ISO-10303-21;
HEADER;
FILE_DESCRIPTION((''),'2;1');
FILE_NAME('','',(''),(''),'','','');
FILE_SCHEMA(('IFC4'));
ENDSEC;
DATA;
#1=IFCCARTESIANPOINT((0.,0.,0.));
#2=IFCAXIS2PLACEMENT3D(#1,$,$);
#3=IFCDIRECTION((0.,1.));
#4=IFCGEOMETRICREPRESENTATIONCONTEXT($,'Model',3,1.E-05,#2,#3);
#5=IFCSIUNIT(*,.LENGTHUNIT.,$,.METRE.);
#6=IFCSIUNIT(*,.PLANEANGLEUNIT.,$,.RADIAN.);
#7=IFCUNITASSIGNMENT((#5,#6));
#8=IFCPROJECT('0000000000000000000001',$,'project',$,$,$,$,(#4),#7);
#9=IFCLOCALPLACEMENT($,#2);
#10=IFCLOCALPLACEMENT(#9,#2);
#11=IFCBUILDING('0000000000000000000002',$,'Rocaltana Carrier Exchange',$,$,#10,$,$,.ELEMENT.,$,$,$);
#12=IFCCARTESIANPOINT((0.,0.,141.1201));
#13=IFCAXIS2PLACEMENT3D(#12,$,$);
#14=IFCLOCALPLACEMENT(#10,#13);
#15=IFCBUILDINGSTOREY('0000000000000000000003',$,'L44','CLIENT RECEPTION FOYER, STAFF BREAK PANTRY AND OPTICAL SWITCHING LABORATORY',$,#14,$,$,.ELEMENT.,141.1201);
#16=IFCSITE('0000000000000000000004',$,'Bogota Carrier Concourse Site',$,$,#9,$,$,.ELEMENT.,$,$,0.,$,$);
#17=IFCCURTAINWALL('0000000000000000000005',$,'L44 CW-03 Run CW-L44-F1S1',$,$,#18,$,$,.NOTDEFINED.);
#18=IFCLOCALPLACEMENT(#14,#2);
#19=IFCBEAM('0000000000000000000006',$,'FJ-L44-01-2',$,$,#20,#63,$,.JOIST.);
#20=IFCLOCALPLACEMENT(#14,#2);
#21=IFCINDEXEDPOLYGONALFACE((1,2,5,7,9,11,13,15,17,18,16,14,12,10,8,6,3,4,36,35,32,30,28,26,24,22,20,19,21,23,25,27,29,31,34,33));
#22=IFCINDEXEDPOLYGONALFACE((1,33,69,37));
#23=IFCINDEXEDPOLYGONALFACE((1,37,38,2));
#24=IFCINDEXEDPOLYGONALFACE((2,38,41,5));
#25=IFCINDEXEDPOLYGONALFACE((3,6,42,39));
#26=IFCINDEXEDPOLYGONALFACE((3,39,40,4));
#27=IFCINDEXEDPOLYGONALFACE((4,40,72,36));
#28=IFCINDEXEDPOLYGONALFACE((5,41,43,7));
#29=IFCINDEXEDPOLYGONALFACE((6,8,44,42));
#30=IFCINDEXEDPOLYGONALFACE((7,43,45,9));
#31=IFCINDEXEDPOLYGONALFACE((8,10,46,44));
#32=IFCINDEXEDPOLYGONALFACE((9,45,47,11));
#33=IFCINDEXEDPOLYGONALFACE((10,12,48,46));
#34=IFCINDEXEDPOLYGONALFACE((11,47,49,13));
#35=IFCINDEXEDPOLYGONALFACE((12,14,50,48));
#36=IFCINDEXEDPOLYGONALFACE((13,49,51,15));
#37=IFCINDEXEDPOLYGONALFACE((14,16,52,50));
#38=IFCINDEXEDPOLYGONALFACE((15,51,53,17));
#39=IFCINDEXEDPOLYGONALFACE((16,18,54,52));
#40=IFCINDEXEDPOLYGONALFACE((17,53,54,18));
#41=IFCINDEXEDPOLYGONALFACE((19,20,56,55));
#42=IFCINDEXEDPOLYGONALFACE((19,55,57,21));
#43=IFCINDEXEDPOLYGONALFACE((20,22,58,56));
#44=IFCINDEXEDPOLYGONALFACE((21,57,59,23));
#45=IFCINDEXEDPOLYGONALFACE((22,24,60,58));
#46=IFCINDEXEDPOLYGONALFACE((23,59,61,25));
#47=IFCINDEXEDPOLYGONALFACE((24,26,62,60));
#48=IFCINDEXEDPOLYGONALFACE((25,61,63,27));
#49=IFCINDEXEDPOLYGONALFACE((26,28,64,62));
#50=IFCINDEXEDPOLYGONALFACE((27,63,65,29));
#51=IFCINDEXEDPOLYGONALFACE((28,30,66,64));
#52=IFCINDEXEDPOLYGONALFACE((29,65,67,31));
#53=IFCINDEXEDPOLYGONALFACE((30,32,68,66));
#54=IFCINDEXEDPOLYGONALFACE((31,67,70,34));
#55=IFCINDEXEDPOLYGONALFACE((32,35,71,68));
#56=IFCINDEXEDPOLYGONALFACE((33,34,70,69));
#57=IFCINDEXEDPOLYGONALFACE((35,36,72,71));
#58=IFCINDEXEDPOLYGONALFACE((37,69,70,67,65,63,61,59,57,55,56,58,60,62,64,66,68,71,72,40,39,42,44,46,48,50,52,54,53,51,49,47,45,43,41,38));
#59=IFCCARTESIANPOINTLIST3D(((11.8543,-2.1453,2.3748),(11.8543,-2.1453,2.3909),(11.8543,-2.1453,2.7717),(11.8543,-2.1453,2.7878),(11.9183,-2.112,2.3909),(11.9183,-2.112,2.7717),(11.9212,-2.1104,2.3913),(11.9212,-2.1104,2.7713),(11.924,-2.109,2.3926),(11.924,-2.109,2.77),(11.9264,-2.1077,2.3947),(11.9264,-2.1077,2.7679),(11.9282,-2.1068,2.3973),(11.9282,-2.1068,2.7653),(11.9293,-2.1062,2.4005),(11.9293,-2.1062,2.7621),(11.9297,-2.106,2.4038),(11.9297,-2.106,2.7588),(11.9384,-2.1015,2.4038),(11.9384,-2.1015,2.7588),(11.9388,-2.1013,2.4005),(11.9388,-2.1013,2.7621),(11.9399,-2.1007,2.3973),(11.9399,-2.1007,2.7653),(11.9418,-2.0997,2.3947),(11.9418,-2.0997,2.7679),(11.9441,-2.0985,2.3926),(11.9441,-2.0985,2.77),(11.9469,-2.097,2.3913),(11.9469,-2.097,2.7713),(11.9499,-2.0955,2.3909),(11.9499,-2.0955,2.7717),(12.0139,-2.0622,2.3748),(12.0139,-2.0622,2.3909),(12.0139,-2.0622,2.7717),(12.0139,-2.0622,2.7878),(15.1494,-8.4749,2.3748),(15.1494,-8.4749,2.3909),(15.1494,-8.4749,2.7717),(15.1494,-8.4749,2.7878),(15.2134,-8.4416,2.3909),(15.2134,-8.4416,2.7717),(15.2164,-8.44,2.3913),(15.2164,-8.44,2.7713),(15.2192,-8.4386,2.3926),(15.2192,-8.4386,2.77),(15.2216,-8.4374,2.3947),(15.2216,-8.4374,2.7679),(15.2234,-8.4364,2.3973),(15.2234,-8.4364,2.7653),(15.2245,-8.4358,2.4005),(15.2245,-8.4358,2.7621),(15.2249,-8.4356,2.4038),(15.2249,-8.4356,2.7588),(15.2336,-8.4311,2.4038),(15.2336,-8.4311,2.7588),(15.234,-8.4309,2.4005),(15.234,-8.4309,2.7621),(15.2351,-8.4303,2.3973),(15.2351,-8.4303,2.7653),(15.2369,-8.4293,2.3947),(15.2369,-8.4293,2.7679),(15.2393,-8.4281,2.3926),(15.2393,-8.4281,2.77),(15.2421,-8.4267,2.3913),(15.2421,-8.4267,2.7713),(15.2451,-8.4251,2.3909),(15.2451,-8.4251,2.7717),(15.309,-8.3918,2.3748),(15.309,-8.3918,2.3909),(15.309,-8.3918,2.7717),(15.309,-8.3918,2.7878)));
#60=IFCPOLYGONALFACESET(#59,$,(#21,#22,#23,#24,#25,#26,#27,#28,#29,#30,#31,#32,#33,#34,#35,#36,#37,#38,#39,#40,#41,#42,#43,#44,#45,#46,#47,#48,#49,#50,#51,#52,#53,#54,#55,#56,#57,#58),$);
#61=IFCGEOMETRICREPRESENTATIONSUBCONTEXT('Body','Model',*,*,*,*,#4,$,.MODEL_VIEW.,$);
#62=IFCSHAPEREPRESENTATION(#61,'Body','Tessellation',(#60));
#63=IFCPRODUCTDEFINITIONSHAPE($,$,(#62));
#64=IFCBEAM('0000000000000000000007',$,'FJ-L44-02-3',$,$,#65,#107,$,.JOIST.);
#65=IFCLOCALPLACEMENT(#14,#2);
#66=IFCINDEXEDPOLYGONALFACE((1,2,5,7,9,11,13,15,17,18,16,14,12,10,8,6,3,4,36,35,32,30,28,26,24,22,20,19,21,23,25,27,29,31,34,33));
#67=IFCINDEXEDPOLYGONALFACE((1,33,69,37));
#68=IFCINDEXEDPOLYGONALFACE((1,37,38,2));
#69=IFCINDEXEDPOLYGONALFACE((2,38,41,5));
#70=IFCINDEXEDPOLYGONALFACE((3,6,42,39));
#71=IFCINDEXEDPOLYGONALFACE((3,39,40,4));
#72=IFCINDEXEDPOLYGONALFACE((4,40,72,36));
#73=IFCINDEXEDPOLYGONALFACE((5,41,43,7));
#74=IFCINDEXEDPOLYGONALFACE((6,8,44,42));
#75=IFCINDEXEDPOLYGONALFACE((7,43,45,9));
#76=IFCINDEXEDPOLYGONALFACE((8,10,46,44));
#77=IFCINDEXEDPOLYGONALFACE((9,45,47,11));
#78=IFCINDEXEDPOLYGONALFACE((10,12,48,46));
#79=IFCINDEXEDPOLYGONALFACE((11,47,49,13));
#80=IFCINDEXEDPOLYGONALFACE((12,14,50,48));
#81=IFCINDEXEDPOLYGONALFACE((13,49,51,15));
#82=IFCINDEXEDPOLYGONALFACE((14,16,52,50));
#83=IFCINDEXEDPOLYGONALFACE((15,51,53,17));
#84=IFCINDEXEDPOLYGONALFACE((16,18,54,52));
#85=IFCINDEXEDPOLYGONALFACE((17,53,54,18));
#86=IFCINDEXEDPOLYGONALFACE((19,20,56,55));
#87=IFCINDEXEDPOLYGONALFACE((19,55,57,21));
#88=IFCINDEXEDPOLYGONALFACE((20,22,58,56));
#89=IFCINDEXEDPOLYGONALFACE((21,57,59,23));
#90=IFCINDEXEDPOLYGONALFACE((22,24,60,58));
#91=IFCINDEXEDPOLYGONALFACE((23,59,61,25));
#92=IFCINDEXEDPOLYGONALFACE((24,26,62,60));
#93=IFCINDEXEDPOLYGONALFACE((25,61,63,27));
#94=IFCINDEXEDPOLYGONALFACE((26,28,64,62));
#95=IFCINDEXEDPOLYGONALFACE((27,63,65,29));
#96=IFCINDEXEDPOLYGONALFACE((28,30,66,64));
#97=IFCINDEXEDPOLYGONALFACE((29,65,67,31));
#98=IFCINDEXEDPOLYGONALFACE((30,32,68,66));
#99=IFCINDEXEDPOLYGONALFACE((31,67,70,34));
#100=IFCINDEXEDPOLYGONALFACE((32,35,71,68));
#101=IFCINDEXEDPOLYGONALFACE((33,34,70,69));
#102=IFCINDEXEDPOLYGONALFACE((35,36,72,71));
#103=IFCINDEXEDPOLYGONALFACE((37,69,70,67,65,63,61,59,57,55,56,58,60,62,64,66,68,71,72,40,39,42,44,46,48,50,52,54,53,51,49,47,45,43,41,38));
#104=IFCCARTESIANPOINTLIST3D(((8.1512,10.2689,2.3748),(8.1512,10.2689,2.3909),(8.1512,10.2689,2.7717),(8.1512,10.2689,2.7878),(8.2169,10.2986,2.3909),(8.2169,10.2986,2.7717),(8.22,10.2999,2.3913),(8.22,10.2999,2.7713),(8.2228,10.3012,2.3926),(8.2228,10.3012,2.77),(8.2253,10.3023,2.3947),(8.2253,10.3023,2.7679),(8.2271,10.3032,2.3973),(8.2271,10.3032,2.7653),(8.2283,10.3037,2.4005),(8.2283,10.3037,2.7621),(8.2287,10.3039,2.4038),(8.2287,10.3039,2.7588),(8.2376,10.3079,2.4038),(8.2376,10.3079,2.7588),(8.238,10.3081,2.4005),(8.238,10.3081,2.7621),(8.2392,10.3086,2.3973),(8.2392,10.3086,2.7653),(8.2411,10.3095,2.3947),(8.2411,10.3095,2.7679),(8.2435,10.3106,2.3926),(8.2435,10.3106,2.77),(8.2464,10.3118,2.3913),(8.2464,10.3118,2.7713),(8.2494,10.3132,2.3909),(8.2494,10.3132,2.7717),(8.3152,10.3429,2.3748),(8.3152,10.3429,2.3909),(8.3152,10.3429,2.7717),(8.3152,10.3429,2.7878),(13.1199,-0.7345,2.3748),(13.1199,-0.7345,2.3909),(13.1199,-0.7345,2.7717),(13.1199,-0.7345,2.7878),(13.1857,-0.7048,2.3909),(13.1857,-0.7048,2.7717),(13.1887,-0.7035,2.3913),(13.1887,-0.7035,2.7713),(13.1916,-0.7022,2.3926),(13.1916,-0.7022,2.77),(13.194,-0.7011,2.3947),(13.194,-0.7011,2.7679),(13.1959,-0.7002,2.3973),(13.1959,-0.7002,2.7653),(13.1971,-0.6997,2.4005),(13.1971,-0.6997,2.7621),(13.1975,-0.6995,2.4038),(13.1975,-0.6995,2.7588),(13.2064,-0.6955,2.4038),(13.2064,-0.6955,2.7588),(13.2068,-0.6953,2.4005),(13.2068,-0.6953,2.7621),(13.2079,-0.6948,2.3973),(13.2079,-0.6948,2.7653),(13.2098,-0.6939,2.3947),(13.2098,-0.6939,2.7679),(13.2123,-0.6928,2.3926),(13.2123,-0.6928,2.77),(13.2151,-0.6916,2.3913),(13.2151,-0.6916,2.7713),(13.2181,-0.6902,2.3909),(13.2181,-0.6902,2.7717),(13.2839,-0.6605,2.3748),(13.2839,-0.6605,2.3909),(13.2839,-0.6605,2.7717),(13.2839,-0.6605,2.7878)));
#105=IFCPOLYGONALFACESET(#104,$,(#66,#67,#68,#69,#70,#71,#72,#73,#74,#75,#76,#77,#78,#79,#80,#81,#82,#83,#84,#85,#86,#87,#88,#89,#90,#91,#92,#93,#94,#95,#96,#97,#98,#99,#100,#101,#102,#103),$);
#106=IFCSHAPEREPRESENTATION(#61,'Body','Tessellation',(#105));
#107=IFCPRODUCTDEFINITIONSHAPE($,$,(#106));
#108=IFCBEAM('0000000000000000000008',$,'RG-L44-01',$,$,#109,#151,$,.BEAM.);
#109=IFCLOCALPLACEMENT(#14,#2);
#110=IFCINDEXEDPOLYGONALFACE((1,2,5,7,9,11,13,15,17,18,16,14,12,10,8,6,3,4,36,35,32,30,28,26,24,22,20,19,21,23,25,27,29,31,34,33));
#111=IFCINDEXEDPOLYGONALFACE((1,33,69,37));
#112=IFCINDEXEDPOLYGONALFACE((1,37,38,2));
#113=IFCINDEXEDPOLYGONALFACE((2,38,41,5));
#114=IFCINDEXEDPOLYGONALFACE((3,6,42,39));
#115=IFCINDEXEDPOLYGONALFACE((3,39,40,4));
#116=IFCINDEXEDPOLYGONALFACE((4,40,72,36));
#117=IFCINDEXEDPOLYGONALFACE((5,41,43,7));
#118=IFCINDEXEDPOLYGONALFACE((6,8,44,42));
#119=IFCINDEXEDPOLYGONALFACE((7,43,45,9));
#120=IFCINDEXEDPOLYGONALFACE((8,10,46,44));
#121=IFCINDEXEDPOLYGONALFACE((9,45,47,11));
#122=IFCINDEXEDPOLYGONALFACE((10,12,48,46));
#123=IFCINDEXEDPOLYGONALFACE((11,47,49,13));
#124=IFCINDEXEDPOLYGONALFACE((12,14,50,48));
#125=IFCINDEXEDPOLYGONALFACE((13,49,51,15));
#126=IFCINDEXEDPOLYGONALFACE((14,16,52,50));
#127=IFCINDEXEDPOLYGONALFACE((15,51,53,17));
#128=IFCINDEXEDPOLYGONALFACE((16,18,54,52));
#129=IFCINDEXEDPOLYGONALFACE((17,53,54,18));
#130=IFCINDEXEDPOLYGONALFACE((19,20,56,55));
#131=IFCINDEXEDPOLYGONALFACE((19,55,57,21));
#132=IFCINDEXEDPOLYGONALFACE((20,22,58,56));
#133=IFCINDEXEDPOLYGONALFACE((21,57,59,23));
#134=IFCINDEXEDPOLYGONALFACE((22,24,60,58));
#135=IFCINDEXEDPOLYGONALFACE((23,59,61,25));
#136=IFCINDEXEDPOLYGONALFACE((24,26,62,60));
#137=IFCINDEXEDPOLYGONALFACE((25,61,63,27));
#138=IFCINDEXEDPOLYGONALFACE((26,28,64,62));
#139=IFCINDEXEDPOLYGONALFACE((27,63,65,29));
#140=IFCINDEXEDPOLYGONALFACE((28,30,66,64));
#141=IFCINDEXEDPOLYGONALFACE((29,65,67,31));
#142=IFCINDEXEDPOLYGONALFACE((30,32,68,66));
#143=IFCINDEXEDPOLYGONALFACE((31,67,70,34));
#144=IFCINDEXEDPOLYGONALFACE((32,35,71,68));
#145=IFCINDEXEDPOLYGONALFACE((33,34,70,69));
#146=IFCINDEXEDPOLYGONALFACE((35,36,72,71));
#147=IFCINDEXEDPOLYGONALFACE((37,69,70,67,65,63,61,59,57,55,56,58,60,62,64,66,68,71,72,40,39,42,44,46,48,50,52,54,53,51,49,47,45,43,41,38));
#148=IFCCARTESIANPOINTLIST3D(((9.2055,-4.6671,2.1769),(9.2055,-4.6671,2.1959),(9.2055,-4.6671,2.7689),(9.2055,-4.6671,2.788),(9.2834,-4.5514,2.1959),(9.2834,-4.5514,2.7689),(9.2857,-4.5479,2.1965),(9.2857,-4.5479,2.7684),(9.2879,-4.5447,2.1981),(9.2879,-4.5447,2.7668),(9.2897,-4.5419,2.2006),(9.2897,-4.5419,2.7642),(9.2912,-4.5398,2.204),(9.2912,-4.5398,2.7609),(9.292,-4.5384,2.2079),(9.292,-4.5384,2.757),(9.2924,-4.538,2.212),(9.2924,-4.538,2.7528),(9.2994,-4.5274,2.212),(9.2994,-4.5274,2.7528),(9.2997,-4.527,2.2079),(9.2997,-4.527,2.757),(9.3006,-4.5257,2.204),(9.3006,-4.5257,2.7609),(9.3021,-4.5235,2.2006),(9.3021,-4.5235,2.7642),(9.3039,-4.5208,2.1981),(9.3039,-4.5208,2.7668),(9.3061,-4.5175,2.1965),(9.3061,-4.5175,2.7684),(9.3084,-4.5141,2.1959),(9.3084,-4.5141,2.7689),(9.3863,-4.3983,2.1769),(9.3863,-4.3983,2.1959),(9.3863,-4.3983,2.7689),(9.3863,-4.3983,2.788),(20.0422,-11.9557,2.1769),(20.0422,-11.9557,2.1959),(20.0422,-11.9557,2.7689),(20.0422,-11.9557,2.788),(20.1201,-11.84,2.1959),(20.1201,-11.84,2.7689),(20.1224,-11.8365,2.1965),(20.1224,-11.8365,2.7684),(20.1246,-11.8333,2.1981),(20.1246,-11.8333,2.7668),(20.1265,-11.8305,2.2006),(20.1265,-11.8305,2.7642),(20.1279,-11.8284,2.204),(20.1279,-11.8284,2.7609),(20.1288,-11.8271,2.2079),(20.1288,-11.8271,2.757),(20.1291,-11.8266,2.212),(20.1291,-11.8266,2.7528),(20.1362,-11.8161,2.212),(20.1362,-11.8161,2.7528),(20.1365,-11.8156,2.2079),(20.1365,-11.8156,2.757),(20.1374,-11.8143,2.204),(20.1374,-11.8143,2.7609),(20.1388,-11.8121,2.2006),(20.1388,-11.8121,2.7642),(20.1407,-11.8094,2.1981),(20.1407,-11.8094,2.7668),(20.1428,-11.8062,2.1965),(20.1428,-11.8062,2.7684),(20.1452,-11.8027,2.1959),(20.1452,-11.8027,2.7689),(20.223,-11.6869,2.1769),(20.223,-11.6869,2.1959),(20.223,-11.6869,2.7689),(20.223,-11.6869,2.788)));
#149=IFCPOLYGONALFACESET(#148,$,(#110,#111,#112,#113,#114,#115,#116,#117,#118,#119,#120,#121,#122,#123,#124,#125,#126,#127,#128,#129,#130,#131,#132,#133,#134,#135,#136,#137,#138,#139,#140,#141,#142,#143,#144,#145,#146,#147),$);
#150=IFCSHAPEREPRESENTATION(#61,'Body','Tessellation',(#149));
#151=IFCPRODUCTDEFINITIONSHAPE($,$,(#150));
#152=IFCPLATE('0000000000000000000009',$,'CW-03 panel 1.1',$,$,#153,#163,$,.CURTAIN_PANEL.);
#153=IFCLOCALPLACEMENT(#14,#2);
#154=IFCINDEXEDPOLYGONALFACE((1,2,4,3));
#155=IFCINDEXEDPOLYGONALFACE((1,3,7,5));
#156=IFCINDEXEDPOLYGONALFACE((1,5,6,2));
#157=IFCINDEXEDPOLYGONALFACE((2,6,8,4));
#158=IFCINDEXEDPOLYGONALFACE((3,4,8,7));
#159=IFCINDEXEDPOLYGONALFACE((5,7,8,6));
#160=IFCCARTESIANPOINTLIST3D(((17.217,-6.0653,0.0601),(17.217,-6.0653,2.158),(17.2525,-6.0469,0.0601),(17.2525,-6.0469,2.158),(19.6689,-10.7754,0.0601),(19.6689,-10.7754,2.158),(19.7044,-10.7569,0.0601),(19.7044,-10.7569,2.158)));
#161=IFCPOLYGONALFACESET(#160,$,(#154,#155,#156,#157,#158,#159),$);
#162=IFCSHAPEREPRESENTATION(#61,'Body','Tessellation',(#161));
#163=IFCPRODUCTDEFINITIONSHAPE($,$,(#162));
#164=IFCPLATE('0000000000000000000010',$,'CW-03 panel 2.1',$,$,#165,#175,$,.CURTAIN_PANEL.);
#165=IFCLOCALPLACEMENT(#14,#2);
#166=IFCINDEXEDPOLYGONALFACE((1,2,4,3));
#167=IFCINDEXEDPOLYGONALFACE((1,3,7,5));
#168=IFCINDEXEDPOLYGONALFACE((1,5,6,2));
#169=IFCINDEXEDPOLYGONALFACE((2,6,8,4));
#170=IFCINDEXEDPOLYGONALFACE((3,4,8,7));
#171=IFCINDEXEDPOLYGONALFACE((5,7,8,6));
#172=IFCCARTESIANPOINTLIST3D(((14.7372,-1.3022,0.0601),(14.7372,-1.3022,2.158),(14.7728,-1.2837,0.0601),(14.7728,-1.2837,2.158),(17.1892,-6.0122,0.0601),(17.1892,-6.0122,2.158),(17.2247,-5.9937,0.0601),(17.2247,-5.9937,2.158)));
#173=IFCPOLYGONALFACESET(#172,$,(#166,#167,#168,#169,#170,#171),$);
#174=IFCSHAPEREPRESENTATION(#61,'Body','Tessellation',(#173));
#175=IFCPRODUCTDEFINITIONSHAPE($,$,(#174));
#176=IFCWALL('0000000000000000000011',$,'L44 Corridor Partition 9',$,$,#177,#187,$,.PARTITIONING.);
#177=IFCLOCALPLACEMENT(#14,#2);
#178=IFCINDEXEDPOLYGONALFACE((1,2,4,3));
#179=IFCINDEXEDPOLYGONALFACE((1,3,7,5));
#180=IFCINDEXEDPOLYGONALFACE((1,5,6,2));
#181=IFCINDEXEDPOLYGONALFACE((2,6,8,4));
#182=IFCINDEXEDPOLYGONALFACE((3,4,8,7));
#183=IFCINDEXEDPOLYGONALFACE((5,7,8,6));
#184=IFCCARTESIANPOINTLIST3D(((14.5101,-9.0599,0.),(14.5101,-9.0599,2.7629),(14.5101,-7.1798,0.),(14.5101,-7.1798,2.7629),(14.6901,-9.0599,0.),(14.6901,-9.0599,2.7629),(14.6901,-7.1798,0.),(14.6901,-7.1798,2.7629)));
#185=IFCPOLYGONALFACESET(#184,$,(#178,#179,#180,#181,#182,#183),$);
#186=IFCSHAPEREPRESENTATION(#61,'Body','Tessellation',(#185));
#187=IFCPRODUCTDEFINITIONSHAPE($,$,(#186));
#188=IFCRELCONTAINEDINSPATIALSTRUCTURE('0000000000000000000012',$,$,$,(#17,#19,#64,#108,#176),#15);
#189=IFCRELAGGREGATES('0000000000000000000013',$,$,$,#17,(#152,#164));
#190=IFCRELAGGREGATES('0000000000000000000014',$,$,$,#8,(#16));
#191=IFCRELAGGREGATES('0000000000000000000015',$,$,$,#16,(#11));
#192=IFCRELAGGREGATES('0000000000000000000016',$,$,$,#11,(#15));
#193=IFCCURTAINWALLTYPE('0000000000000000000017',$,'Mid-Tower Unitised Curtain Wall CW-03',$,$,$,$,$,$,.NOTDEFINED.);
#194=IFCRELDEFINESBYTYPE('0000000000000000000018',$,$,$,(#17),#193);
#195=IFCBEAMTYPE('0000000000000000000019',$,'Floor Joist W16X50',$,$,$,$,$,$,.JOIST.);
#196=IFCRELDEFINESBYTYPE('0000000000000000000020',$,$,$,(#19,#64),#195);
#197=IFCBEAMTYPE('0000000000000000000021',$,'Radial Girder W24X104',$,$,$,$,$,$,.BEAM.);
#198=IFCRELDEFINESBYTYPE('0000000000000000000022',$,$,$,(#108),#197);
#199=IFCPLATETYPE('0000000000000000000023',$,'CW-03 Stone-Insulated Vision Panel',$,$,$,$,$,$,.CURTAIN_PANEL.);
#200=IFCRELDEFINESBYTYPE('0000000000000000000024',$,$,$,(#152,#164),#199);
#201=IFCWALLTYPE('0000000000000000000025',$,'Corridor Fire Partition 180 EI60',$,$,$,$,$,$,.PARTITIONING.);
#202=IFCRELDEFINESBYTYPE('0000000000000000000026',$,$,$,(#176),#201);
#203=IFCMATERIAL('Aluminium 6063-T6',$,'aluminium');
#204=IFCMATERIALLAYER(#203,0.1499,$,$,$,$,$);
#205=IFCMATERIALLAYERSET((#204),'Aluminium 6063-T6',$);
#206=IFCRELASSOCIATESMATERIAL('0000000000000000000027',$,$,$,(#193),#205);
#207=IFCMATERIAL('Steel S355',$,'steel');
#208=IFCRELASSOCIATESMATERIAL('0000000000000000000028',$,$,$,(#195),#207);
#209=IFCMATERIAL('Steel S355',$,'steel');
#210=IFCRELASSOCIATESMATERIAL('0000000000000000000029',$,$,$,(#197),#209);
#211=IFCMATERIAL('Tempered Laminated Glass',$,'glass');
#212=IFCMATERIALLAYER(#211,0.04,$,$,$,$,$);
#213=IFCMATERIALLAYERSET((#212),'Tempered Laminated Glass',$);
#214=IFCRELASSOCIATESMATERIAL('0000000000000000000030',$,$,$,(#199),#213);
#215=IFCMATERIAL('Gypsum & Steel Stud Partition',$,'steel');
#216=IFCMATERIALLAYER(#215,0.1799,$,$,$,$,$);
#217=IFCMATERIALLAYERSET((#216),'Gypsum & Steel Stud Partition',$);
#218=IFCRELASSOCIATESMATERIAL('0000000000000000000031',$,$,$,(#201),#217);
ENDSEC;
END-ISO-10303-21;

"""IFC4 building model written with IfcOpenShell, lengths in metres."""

from ifc_helpers import new_model, si_unit, direction, frame, frame_2d, origin, origin_2d, place, context, subcontext, project, spatial, rectangle, i_section, extrude, material, layer, layer_set, material_profile, profile_set, type_object, element, aggregate, save


model = new_model("IFC4")

# Units and contexts
model_context = context("Model", 3, precision=1e-05, world=origin(), true_north=direction((0.0, 1.0)))
body_context = subcontext(model_context, "Body", "Model", "MODEL_VIEW")
ifc_project = project(units=[si_unit("LENGTHUNIT", "METRE"), si_unit("PLANEANGLEUNIT", "RADIAN")], contexts=[model_context])

# Site, building, storey
site_placement = place(None, origin())
site = spatial("IfcSite", under=ifc_project, at=site_placement, Name="Bogota Carrier Concourse Site", CompositionType="ELEMENT", RefElevation=0.0)
building_placement = place(site_placement, origin())
building = spatial("IfcBuilding", under=site, at=building_placement, Name="Rocaltana Carrier Exchange", CompositionType="ELEMENT")
storey_placement = place(building_placement, frame((0.0, 0.0, 141.1201)))
storey = spatial("IfcBuildingStorey", under=building, at=storey_placement, Name="L44", Description="CLIENT RECEPTION FOYER, STAFF BREAK PANTRY AND OPTICAL SWITCHING LABORATORY", CompositionType="ELEMENT", Elevation=141.1201)

# Curtain wall
ifc_material_1 = material(Name="Aluminium 6063-T6", Category="aluminium")
ifc_layer_1 = layer(ifc_material_1, 0.1499)
ifc_layer_set_1 = layer_set([ifc_layer_1], Name="Aluminium 6063-T6")
curtain_wall_type = type_object("IfcCurtainWallType", Name="Mid-Tower Unitised Curtain Wall CW-03", PredefinedType="NOTDEFINED", material=ifc_layer_set_1)
curtain_wall_placement = place(storey_placement, origin())
curtain_wall = element("IfcCurtainWall", 1, at=curtain_wall_placement, inside=storey, type_object=curtain_wall_type, Name="L44 CW-03 Run CW-L44-F1S1", PredefinedType="NOTDEFINED")

# Beams
ifc_material_2 = material(Name="Steel S355", Category="steel")
ifc_material_profile_1 = material_profile(ifc_material_2, i_section(OverallWidth=0.1799, OverallDepth=0.4131, WebThickness=0.0098, FlangeThickness=0.0161, FilletRadius=0.0129, at=origin_2d()), Name="W16X50")
ifc_profile_set_1 = profile_set([ifc_material_profile_1], Name="Steel S355")
beam_type_1 = type_object("IfcBeamType", Name="Floor Joist W16X50", PredefinedType="JOIST", material=ifc_profile_set_1)
beam_1_placement = place(storey_placement, frame((15.2292, -8.4333, 2.5813), z_axis=(-0.46177, 0.887, 0.0), x_axis=(-0.887, -0.46177, 0.0)))
element("IfcBeam", 2, at=beam_1_placement, inside=storey, type_object=beam_type_1, Name="FJ-L44-01-2", PredefinedType="JOIST", context=body_context, shape_type="SweptSolid", body=[
    extrude(i_section(OverallWidth=0.1799, OverallDepth=0.4131, WebThickness=0.0098, FlangeThickness=0.0161, FilletRadius=0.0129, at=origin_2d()), origin(), (0.0, 0.0, 1.0), 7.136),
])
beam_2_placement = place(storey_placement, frame((13.2019, -0.6975, 2.5813), z_axis=(-0.41155, 0.911387, 0.0), x_axis=(-0.911387, -0.41155, 0.0)))
element("IfcBeam", 3, at=beam_2_placement, inside=storey, type_object=beam_type_1, Name="FJ-L44-02-3", PredefinedType="JOIST", context=body_context, shape_type="SweptSolid", body=[
    extrude(i_section(OverallWidth=0.1799, OverallDepth=0.4131, WebThickness=0.0098, FlangeThickness=0.0161, FilletRadius=0.0129, at=origin_2d()), origin(), (0.0, 0.0, 1.0), 12.0732),
])
ifc_material_3 = material(Name="Steel S355", Category="steel")
ifc_material_profile_2 = material_profile(ifc_material_3, i_section(OverallWidth=0.324, OverallDepth=0.6111, WebThickness=0.0127, FlangeThickness=0.019, FilletRadius=0.0161, at=origin_2d()), Name="W24X104")
ifc_profile_set_2 = profile_set([ifc_material_profile_2], Name="Steel S355")
beam_type_2 = type_object("IfcBeamType", Name="Radial Girder W24X104", PredefinedType="BEAM", material=ifc_profile_set_2)
beam_3_placement = place(storey_placement, frame((9.2959, -4.5327, 2.4824), z_axis=(0.829777, -0.558095, 0.0), x_axis=(0.558095, 0.829777, 0.0)))
element("IfcBeam", 4, at=beam_3_placement, inside=storey, type_object=beam_type_2, Name="RG-L44-01", PredefinedType="BEAM", context=body_context, shape_type="SweptSolid", body=[
    extrude(i_section(OverallWidth=0.324, OverallDepth=0.6111, WebThickness=0.0127, FlangeThickness=0.019, FilletRadius=0.0161, at=origin_2d()), origin(), (0.0, 0.0, 1.0), 13.0598),
])

# Plates
ifc_material_4 = material(Name="Tempered Laminated Glass", Category="glass")
ifc_layer_2 = layer(ifc_material_4, 0.04)
ifc_layer_set_2 = layer_set([ifc_layer_2], Name="Tempered Laminated Glass")
plate_type = type_object("IfcPlateType", Name="CW-03 Stone-Insulated Vision Panel", PredefinedType="CURTAIN_PANEL", material=ifc_layer_set_2)
plate_1_placement = place(storey_placement, frame((18.4607, -8.4111, 0.0601), z_axis=(0.0, 0.0, 1.0), x_axis=(-0.46175, 0.88701, 0.0)))
plate_1 = element("IfcPlate", 5, at=plate_1_placement, type_object=plate_type, Name="CW-03 panel 1.1", PredefinedType="CURTAIN_PANEL", context=body_context, shape_type="SweptSolid", body=[
    extrude(rectangle(XDim=5.3101, YDim=0.04, at=origin_2d()), origin(), (0.0, 0.0, 1.0), 2.0979),
])
plate_2_placement = place(storey_placement, frame((15.981, -3.6479, 0.0601), z_axis=(0.0, 0.0, 1.0), x_axis=(-0.46175, 0.88701, 0.0)))
plate_2 = element("IfcPlate", 6, at=plate_2_placement, type_object=plate_type, Name="CW-03 panel 2.1", PredefinedType="CURTAIN_PANEL", context=body_context, shape_type="SweptSolid", body=[
    extrude(rectangle(XDim=5.3101, YDim=0.04, at=origin_2d()), origin(), (0.0, 0.0, 1.0), 2.0979),
])
aggregate(curtain_wall, [plate_1, plate_2])

# Wall
ifc_material_5 = material(Name="Gypsum & Steel Stud Partition", Category="steel")
ifc_layer_3 = layer(ifc_material_5, 0.1799)
ifc_layer_set_3 = layer_set([ifc_layer_3], Name="Gypsum & Steel Stud Partition")
wall_type_1 = type_object("IfcWallType", Name="Corridor Fire Partition 180 EI60", PredefinedType="PARTITIONING", material=ifc_layer_set_3)
wall_1_placement = place(storey_placement, frame((14.6001, -7.1799, 0.0), z_axis=(0.0, 0.0, 1.0), x_axis=(0.0, -1.0, 0.0)))
element("IfcWall", 7, at=wall_1_placement, inside=storey, type_object=wall_type_1, Name="L44 Corridor Partition 9", PredefinedType="PARTITIONING", context=body_context, shape_type="SweptSolid", body=[
    extrude(rectangle(XDim=1.8801, YDim=0.1799, at=frame_2d((0.9399, 0.0))), origin(), (0.0, 0.0, 1.0), 2.7629),
])

save(model, "model.ifc")
